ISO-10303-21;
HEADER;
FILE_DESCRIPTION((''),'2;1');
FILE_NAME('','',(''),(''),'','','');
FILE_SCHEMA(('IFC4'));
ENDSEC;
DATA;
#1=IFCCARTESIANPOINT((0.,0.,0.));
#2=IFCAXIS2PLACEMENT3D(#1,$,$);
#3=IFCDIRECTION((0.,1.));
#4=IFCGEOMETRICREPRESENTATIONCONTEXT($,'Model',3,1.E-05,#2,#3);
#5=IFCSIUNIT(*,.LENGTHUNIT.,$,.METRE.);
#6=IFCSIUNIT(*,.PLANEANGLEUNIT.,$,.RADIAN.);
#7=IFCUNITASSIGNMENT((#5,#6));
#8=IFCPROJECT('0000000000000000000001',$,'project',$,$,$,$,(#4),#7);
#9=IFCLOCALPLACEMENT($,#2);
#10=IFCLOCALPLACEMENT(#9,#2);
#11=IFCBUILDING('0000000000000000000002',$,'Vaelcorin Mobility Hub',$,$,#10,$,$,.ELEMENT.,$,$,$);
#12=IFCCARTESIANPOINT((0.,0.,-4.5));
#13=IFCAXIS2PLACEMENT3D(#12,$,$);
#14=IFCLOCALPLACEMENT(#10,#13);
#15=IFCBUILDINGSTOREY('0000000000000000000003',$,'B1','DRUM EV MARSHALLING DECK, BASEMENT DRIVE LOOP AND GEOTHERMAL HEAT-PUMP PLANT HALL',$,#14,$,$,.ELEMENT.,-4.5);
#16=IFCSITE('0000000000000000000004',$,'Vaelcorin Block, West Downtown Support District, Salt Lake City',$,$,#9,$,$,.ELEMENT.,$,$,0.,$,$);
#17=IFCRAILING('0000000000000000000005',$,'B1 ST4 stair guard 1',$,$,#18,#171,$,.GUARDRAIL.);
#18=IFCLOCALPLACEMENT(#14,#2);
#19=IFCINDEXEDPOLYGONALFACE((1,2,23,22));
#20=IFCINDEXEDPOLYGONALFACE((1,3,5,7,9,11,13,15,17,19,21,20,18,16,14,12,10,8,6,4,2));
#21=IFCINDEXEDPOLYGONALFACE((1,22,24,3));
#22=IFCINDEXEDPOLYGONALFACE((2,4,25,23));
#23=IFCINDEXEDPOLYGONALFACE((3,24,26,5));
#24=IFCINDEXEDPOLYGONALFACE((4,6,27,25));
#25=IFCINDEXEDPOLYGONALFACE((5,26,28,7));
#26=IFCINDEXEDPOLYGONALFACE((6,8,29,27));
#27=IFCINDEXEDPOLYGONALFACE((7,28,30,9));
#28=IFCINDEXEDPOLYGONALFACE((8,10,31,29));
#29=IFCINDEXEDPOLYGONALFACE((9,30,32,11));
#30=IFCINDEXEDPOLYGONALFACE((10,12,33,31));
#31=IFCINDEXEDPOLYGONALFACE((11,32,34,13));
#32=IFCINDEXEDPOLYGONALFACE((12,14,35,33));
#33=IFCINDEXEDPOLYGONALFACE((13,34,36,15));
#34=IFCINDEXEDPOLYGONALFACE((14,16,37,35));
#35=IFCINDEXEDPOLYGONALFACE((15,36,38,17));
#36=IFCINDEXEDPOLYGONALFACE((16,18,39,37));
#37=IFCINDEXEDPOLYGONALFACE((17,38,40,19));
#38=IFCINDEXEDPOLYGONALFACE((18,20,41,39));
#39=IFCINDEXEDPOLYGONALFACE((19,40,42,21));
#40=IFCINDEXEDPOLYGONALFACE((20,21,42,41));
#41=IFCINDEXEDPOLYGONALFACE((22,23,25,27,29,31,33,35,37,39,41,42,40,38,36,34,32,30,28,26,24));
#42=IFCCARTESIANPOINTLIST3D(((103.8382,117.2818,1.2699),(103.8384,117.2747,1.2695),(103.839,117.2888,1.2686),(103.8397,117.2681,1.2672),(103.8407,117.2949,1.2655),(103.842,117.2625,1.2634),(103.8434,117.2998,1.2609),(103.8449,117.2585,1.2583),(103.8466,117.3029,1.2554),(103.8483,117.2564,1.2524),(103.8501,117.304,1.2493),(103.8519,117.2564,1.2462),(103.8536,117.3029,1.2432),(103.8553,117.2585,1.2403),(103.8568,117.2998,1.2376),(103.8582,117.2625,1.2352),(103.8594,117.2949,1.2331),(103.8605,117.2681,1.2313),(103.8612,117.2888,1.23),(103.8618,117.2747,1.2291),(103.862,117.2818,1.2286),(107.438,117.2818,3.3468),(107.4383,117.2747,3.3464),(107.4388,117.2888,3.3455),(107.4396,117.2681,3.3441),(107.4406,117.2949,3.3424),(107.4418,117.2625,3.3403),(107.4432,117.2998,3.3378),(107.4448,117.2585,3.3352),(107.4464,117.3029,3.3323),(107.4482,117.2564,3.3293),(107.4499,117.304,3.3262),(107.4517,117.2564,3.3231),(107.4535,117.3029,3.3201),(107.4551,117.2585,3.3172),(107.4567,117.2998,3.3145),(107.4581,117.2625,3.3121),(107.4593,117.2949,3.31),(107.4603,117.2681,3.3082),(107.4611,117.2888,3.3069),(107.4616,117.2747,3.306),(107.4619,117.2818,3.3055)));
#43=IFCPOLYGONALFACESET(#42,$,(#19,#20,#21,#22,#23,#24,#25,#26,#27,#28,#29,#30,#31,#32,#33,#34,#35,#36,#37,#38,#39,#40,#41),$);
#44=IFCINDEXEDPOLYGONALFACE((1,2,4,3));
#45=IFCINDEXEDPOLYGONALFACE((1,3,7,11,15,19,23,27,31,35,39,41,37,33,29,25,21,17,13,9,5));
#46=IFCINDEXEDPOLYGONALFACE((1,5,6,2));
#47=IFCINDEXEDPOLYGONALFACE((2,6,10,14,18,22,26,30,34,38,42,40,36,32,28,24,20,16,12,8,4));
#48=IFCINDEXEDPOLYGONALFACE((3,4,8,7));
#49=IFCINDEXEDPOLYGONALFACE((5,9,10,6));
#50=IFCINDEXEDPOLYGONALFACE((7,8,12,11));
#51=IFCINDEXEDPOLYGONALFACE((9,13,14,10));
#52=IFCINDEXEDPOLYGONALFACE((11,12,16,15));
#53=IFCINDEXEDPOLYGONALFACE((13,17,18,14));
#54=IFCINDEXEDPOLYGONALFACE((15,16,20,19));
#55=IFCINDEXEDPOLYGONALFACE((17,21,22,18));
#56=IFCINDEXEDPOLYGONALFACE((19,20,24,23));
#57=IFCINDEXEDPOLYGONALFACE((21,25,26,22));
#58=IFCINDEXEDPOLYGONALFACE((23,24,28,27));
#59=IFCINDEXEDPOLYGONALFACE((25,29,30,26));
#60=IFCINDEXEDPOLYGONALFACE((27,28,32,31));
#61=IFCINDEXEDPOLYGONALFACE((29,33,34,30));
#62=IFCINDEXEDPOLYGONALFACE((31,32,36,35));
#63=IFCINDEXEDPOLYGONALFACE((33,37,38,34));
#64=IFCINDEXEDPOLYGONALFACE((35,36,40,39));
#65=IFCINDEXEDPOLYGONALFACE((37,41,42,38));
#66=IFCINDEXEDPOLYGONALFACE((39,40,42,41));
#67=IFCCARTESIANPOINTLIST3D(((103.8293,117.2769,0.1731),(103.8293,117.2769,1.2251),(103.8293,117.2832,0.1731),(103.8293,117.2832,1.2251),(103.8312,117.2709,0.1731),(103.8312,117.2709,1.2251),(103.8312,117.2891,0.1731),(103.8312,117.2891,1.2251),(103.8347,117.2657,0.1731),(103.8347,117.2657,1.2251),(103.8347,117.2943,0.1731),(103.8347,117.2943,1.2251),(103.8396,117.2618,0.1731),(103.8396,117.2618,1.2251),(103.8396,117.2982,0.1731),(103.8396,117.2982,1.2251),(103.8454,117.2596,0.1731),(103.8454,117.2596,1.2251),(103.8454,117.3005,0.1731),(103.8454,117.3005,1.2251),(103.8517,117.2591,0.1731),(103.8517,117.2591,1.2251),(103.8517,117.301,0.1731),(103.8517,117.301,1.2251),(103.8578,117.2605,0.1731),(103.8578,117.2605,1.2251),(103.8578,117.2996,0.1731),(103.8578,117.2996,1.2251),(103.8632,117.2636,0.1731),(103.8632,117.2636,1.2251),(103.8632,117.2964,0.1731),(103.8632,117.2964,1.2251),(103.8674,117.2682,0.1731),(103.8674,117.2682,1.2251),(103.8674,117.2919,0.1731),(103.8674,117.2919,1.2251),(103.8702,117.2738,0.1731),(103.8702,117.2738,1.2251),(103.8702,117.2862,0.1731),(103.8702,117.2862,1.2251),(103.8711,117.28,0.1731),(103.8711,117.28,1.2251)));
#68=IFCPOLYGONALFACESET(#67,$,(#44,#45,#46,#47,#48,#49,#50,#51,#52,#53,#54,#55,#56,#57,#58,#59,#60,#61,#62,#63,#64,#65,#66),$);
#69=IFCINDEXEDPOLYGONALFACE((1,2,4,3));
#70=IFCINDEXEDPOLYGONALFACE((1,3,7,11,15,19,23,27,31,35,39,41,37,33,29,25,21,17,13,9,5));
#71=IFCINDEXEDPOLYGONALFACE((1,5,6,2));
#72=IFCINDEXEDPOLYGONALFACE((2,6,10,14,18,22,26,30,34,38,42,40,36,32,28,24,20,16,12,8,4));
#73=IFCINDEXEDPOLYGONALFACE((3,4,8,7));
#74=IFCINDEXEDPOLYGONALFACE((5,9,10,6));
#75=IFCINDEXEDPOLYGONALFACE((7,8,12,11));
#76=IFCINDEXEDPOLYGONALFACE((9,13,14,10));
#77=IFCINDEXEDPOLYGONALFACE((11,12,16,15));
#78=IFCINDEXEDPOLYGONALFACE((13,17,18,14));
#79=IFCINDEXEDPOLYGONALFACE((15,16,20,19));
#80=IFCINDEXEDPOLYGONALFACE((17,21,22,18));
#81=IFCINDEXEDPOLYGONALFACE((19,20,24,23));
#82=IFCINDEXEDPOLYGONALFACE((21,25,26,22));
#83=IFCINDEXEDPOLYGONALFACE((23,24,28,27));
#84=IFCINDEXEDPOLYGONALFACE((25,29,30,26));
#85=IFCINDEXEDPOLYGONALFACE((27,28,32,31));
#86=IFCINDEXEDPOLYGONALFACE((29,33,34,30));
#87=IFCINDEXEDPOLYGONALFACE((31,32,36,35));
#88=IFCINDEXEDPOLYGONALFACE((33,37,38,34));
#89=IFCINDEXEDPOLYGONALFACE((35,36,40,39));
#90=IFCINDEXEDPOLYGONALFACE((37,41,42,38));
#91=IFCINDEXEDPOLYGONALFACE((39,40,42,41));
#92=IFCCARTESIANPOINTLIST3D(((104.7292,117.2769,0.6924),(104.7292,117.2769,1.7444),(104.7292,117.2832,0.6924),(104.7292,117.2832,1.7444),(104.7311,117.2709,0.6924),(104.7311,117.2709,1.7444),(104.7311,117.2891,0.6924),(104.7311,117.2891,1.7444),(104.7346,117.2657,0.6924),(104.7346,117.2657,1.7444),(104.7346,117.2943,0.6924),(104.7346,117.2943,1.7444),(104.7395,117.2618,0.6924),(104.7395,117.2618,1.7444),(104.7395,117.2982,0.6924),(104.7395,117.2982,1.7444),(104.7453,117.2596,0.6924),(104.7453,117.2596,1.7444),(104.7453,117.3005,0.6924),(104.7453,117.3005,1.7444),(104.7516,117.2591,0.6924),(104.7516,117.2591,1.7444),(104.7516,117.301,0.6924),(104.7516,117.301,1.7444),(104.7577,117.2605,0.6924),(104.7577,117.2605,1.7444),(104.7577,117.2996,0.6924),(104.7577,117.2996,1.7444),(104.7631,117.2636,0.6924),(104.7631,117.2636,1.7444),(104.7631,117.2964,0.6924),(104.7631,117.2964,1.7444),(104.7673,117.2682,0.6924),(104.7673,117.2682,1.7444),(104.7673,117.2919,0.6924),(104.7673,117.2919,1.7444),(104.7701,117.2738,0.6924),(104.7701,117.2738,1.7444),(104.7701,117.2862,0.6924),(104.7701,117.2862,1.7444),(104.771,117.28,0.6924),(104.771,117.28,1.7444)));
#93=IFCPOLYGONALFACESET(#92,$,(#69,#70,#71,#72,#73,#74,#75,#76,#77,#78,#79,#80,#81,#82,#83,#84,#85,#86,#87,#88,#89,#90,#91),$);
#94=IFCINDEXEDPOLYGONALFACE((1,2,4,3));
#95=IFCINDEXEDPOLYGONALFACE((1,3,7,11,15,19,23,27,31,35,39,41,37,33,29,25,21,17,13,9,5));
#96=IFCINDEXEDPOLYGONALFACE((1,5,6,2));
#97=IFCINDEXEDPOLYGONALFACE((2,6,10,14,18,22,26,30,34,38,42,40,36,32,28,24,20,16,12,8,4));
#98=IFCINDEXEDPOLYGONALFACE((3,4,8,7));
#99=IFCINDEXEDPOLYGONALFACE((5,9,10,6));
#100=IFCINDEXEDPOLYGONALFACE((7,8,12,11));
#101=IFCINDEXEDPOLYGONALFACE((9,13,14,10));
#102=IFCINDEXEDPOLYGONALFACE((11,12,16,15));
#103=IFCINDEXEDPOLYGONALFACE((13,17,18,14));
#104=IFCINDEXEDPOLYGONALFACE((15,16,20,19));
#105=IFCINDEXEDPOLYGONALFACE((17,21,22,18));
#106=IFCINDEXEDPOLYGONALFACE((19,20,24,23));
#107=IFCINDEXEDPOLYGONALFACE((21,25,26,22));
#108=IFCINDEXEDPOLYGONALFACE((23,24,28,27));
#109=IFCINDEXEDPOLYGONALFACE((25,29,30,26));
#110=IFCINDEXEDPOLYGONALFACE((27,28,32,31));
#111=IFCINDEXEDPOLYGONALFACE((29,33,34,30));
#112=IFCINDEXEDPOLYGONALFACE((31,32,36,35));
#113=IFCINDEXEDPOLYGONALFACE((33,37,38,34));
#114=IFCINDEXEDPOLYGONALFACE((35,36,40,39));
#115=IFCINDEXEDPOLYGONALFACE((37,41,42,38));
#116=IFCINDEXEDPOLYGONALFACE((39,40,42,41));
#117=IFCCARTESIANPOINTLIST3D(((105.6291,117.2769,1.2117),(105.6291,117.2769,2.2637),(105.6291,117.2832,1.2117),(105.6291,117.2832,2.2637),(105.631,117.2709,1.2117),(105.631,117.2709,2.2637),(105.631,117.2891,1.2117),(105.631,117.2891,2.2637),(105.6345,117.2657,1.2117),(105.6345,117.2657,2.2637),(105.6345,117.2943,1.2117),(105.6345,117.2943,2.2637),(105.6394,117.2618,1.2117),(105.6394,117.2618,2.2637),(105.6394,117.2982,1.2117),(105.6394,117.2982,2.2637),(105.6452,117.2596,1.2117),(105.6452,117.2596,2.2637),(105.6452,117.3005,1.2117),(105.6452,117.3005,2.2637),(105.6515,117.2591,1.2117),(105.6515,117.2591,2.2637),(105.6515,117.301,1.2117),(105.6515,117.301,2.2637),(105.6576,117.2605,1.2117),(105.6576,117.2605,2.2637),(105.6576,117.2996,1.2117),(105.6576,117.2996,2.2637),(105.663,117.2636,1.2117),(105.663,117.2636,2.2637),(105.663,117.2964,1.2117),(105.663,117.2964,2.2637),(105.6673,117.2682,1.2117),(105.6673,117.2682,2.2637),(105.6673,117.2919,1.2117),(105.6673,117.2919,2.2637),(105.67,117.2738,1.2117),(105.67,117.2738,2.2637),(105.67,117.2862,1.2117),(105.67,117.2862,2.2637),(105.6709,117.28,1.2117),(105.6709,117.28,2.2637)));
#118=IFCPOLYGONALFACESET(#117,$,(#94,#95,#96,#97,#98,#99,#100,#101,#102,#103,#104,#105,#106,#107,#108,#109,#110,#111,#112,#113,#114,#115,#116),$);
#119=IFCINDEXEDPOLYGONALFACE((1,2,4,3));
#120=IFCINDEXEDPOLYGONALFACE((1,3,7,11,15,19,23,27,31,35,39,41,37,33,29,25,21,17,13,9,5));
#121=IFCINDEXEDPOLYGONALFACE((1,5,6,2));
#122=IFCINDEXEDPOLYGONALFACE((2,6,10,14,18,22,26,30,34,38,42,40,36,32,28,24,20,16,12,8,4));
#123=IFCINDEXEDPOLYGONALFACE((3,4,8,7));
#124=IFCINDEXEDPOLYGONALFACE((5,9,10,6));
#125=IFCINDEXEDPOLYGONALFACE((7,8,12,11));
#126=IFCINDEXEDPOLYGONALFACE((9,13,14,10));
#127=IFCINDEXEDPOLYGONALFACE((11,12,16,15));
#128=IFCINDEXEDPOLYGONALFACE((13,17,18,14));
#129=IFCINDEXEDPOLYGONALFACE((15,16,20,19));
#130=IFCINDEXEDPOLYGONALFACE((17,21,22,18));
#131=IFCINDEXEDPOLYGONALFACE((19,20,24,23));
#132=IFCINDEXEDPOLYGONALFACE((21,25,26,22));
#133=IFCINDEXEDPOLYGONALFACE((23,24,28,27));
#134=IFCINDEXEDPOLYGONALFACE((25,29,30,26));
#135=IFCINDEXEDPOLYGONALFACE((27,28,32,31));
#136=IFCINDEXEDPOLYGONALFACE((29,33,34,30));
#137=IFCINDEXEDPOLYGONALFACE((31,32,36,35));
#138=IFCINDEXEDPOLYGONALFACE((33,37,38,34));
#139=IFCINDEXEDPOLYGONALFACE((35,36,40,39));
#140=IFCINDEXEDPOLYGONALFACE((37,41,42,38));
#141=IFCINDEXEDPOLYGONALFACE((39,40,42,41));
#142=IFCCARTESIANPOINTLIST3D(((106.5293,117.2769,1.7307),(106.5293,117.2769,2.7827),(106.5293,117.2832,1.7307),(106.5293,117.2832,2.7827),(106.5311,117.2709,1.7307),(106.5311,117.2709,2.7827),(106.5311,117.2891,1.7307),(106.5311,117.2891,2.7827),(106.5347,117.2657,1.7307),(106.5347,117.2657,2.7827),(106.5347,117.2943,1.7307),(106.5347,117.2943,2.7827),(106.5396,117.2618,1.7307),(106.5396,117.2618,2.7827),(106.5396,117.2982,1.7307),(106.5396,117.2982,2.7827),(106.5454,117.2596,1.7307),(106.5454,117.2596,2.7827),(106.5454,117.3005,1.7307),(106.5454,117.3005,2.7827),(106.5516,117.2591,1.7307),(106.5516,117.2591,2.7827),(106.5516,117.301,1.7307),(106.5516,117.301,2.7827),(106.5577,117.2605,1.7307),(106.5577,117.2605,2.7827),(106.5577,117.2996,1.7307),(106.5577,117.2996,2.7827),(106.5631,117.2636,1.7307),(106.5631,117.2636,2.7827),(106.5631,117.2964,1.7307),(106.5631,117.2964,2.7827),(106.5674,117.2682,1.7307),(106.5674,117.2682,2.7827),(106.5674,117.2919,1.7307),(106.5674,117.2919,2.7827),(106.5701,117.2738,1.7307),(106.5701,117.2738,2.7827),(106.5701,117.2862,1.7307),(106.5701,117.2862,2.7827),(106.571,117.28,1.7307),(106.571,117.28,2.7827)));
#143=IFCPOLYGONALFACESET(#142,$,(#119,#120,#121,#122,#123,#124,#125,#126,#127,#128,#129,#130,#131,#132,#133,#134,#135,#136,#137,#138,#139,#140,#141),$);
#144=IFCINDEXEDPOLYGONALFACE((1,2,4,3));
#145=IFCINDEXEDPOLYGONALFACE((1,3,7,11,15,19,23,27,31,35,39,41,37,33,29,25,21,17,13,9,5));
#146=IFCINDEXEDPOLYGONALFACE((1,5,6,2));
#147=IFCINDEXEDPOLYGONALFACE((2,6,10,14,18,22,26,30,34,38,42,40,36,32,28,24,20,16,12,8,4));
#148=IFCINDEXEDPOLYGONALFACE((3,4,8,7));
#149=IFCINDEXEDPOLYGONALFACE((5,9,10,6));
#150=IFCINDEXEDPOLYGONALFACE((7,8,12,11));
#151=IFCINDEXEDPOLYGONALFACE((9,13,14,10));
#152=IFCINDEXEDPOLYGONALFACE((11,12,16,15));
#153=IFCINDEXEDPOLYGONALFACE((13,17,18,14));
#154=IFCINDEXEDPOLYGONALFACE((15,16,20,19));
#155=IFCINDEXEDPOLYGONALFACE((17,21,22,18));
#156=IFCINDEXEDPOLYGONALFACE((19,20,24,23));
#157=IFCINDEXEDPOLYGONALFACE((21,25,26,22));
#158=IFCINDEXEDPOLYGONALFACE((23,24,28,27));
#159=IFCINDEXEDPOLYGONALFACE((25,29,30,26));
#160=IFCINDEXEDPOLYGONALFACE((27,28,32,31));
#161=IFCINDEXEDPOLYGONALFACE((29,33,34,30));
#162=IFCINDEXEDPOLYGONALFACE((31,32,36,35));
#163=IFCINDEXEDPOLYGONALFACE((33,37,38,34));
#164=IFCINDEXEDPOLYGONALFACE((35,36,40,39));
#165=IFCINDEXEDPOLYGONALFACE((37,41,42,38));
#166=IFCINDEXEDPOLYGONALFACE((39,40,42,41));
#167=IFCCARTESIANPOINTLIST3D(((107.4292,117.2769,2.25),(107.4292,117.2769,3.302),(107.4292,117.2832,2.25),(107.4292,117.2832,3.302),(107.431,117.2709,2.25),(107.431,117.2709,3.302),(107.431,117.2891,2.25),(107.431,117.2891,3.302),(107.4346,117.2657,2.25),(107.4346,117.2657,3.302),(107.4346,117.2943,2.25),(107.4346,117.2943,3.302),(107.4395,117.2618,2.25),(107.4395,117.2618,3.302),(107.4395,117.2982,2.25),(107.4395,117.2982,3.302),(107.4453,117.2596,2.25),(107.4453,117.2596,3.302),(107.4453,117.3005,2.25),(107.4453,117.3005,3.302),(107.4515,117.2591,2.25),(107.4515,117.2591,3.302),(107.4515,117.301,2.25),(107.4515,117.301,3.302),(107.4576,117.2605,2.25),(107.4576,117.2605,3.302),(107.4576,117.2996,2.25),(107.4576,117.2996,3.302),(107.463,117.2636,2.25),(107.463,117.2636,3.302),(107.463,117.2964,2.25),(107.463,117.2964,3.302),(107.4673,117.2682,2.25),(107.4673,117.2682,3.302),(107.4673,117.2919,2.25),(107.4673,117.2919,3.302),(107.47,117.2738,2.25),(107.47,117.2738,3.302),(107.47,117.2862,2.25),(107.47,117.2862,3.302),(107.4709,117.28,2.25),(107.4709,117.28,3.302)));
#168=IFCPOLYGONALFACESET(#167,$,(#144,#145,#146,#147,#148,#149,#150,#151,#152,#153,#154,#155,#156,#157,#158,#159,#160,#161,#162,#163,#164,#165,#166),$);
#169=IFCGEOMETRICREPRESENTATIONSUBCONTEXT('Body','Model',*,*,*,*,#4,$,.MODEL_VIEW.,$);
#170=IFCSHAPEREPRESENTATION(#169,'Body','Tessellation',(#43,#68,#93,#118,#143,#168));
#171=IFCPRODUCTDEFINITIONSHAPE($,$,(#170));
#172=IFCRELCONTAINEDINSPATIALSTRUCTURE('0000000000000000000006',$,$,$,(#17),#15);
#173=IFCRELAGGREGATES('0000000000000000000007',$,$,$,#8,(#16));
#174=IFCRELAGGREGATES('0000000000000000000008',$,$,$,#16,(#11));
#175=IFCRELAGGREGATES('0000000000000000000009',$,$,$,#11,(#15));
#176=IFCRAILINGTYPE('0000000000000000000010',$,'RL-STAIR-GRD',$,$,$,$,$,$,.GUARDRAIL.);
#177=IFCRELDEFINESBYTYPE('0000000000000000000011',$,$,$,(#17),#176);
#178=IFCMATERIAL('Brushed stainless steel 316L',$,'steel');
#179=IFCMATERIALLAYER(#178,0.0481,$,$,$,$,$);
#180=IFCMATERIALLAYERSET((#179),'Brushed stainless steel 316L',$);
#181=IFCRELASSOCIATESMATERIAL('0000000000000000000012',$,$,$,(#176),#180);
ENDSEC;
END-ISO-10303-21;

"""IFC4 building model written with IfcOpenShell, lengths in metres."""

from ifc_helpers import new_model, si_unit, direction, frame, origin, origin_2d, place, context, subcontext, project, spatial, circle, extrude, material, layer, layer_set, type_object, element, save


model = new_model("IFC4")

# Units and contexts
model_context = context("Model", 3, precision=1e-05, world=origin(), true_north=direction((0.0, 1.0)))
body_context = subcontext(model_context, "Body", "Model", "MODEL_VIEW")
ifc_project = project(units=[si_unit("LENGTHUNIT", "METRE"), si_unit("PLANEANGLEUNIT", "RADIAN")], contexts=[model_context])

# Site, building, storey
site_placement = place(None, origin())
site = spatial("IfcSite", under=ifc_project, at=site_placement, Name="Vaelcorin Block, West Downtown Support District, Salt Lake City", CompositionType="ELEMENT", RefElevation=0.0)
building_placement = place(site_placement, origin())
building = spatial("IfcBuilding", under=site, at=building_placement, Name="Vaelcorin Mobility Hub", CompositionType="ELEMENT")
storey_placement = place(building_placement, frame((0.0, 0.0, -4.5)))
storey = spatial("IfcBuildingStorey", under=building, at=storey_placement, Name="B1", Description="DRUM EV MARSHALLING DECK, BASEMENT DRIVE LOOP AND GEOTHERMAL HEAT-PUMP PLANT HALL", CompositionType="ELEMENT", Elevation=-4.5)

# Railing
ifc_material_1 = material(Name="Brushed stainless steel 316L", Category="steel")
ifc_layer_1 = layer(ifc_material_1, 0.0481)
ifc_layer_set_1 = layer_set([ifc_layer_1], Name="Brushed stainless steel 316L")
railing_type_1 = type_object("IfcRailingType", Name="RL-STAIR-GRD", PredefinedType="GUARDRAIL", material=ifc_layer_set_1)
railing_1_placement = place(storey_placement, frame((103.8501, 117.28, 0.1731)))
element("IfcRailing", 1, at=railing_1_placement, inside=storey, type_object=railing_type_1, Name="B1 ST4 stair guard 1", PredefinedType="GUARDRAIL", context=body_context, shape_type="SweptSolid", body=[
    extrude(circle(Radius=0.0239, at=origin_2d()), frame((0.0, 0.0, 1.0762), z_axis=(0.866179, 0.0, 0.499734), x_axis=(0.0, 1.0, 0.0)), (0.0, 0.0, 1.0), 4.156),
    extrude(circle(Radius=0.021, at=origin_2d()), origin(), (0.0, 0.0, 1.0), 1.052),
    extrude(circle(Radius=0.021, at=origin_2d()), frame((0.8999, 0.0, 0.5193)), (0.0, 0.0, 1.0), 1.052),
    extrude(circle(Radius=0.021, at=origin_2d()), frame((1.7998, 0.0, 1.0386)), (0.0, 0.0, 1.0), 1.052),
    extrude(circle(Radius=0.021, at=origin_2d()), frame((2.7, 0.0, 1.5576)), (0.0, 0.0, 1.0), 1.052),
    extrude(circle(Radius=0.021, at=origin_2d()), frame((3.5999, 0.0, 2.0769)), (0.0, 0.0, 1.0), 1.052),
])

save(model, "model.ifc")
